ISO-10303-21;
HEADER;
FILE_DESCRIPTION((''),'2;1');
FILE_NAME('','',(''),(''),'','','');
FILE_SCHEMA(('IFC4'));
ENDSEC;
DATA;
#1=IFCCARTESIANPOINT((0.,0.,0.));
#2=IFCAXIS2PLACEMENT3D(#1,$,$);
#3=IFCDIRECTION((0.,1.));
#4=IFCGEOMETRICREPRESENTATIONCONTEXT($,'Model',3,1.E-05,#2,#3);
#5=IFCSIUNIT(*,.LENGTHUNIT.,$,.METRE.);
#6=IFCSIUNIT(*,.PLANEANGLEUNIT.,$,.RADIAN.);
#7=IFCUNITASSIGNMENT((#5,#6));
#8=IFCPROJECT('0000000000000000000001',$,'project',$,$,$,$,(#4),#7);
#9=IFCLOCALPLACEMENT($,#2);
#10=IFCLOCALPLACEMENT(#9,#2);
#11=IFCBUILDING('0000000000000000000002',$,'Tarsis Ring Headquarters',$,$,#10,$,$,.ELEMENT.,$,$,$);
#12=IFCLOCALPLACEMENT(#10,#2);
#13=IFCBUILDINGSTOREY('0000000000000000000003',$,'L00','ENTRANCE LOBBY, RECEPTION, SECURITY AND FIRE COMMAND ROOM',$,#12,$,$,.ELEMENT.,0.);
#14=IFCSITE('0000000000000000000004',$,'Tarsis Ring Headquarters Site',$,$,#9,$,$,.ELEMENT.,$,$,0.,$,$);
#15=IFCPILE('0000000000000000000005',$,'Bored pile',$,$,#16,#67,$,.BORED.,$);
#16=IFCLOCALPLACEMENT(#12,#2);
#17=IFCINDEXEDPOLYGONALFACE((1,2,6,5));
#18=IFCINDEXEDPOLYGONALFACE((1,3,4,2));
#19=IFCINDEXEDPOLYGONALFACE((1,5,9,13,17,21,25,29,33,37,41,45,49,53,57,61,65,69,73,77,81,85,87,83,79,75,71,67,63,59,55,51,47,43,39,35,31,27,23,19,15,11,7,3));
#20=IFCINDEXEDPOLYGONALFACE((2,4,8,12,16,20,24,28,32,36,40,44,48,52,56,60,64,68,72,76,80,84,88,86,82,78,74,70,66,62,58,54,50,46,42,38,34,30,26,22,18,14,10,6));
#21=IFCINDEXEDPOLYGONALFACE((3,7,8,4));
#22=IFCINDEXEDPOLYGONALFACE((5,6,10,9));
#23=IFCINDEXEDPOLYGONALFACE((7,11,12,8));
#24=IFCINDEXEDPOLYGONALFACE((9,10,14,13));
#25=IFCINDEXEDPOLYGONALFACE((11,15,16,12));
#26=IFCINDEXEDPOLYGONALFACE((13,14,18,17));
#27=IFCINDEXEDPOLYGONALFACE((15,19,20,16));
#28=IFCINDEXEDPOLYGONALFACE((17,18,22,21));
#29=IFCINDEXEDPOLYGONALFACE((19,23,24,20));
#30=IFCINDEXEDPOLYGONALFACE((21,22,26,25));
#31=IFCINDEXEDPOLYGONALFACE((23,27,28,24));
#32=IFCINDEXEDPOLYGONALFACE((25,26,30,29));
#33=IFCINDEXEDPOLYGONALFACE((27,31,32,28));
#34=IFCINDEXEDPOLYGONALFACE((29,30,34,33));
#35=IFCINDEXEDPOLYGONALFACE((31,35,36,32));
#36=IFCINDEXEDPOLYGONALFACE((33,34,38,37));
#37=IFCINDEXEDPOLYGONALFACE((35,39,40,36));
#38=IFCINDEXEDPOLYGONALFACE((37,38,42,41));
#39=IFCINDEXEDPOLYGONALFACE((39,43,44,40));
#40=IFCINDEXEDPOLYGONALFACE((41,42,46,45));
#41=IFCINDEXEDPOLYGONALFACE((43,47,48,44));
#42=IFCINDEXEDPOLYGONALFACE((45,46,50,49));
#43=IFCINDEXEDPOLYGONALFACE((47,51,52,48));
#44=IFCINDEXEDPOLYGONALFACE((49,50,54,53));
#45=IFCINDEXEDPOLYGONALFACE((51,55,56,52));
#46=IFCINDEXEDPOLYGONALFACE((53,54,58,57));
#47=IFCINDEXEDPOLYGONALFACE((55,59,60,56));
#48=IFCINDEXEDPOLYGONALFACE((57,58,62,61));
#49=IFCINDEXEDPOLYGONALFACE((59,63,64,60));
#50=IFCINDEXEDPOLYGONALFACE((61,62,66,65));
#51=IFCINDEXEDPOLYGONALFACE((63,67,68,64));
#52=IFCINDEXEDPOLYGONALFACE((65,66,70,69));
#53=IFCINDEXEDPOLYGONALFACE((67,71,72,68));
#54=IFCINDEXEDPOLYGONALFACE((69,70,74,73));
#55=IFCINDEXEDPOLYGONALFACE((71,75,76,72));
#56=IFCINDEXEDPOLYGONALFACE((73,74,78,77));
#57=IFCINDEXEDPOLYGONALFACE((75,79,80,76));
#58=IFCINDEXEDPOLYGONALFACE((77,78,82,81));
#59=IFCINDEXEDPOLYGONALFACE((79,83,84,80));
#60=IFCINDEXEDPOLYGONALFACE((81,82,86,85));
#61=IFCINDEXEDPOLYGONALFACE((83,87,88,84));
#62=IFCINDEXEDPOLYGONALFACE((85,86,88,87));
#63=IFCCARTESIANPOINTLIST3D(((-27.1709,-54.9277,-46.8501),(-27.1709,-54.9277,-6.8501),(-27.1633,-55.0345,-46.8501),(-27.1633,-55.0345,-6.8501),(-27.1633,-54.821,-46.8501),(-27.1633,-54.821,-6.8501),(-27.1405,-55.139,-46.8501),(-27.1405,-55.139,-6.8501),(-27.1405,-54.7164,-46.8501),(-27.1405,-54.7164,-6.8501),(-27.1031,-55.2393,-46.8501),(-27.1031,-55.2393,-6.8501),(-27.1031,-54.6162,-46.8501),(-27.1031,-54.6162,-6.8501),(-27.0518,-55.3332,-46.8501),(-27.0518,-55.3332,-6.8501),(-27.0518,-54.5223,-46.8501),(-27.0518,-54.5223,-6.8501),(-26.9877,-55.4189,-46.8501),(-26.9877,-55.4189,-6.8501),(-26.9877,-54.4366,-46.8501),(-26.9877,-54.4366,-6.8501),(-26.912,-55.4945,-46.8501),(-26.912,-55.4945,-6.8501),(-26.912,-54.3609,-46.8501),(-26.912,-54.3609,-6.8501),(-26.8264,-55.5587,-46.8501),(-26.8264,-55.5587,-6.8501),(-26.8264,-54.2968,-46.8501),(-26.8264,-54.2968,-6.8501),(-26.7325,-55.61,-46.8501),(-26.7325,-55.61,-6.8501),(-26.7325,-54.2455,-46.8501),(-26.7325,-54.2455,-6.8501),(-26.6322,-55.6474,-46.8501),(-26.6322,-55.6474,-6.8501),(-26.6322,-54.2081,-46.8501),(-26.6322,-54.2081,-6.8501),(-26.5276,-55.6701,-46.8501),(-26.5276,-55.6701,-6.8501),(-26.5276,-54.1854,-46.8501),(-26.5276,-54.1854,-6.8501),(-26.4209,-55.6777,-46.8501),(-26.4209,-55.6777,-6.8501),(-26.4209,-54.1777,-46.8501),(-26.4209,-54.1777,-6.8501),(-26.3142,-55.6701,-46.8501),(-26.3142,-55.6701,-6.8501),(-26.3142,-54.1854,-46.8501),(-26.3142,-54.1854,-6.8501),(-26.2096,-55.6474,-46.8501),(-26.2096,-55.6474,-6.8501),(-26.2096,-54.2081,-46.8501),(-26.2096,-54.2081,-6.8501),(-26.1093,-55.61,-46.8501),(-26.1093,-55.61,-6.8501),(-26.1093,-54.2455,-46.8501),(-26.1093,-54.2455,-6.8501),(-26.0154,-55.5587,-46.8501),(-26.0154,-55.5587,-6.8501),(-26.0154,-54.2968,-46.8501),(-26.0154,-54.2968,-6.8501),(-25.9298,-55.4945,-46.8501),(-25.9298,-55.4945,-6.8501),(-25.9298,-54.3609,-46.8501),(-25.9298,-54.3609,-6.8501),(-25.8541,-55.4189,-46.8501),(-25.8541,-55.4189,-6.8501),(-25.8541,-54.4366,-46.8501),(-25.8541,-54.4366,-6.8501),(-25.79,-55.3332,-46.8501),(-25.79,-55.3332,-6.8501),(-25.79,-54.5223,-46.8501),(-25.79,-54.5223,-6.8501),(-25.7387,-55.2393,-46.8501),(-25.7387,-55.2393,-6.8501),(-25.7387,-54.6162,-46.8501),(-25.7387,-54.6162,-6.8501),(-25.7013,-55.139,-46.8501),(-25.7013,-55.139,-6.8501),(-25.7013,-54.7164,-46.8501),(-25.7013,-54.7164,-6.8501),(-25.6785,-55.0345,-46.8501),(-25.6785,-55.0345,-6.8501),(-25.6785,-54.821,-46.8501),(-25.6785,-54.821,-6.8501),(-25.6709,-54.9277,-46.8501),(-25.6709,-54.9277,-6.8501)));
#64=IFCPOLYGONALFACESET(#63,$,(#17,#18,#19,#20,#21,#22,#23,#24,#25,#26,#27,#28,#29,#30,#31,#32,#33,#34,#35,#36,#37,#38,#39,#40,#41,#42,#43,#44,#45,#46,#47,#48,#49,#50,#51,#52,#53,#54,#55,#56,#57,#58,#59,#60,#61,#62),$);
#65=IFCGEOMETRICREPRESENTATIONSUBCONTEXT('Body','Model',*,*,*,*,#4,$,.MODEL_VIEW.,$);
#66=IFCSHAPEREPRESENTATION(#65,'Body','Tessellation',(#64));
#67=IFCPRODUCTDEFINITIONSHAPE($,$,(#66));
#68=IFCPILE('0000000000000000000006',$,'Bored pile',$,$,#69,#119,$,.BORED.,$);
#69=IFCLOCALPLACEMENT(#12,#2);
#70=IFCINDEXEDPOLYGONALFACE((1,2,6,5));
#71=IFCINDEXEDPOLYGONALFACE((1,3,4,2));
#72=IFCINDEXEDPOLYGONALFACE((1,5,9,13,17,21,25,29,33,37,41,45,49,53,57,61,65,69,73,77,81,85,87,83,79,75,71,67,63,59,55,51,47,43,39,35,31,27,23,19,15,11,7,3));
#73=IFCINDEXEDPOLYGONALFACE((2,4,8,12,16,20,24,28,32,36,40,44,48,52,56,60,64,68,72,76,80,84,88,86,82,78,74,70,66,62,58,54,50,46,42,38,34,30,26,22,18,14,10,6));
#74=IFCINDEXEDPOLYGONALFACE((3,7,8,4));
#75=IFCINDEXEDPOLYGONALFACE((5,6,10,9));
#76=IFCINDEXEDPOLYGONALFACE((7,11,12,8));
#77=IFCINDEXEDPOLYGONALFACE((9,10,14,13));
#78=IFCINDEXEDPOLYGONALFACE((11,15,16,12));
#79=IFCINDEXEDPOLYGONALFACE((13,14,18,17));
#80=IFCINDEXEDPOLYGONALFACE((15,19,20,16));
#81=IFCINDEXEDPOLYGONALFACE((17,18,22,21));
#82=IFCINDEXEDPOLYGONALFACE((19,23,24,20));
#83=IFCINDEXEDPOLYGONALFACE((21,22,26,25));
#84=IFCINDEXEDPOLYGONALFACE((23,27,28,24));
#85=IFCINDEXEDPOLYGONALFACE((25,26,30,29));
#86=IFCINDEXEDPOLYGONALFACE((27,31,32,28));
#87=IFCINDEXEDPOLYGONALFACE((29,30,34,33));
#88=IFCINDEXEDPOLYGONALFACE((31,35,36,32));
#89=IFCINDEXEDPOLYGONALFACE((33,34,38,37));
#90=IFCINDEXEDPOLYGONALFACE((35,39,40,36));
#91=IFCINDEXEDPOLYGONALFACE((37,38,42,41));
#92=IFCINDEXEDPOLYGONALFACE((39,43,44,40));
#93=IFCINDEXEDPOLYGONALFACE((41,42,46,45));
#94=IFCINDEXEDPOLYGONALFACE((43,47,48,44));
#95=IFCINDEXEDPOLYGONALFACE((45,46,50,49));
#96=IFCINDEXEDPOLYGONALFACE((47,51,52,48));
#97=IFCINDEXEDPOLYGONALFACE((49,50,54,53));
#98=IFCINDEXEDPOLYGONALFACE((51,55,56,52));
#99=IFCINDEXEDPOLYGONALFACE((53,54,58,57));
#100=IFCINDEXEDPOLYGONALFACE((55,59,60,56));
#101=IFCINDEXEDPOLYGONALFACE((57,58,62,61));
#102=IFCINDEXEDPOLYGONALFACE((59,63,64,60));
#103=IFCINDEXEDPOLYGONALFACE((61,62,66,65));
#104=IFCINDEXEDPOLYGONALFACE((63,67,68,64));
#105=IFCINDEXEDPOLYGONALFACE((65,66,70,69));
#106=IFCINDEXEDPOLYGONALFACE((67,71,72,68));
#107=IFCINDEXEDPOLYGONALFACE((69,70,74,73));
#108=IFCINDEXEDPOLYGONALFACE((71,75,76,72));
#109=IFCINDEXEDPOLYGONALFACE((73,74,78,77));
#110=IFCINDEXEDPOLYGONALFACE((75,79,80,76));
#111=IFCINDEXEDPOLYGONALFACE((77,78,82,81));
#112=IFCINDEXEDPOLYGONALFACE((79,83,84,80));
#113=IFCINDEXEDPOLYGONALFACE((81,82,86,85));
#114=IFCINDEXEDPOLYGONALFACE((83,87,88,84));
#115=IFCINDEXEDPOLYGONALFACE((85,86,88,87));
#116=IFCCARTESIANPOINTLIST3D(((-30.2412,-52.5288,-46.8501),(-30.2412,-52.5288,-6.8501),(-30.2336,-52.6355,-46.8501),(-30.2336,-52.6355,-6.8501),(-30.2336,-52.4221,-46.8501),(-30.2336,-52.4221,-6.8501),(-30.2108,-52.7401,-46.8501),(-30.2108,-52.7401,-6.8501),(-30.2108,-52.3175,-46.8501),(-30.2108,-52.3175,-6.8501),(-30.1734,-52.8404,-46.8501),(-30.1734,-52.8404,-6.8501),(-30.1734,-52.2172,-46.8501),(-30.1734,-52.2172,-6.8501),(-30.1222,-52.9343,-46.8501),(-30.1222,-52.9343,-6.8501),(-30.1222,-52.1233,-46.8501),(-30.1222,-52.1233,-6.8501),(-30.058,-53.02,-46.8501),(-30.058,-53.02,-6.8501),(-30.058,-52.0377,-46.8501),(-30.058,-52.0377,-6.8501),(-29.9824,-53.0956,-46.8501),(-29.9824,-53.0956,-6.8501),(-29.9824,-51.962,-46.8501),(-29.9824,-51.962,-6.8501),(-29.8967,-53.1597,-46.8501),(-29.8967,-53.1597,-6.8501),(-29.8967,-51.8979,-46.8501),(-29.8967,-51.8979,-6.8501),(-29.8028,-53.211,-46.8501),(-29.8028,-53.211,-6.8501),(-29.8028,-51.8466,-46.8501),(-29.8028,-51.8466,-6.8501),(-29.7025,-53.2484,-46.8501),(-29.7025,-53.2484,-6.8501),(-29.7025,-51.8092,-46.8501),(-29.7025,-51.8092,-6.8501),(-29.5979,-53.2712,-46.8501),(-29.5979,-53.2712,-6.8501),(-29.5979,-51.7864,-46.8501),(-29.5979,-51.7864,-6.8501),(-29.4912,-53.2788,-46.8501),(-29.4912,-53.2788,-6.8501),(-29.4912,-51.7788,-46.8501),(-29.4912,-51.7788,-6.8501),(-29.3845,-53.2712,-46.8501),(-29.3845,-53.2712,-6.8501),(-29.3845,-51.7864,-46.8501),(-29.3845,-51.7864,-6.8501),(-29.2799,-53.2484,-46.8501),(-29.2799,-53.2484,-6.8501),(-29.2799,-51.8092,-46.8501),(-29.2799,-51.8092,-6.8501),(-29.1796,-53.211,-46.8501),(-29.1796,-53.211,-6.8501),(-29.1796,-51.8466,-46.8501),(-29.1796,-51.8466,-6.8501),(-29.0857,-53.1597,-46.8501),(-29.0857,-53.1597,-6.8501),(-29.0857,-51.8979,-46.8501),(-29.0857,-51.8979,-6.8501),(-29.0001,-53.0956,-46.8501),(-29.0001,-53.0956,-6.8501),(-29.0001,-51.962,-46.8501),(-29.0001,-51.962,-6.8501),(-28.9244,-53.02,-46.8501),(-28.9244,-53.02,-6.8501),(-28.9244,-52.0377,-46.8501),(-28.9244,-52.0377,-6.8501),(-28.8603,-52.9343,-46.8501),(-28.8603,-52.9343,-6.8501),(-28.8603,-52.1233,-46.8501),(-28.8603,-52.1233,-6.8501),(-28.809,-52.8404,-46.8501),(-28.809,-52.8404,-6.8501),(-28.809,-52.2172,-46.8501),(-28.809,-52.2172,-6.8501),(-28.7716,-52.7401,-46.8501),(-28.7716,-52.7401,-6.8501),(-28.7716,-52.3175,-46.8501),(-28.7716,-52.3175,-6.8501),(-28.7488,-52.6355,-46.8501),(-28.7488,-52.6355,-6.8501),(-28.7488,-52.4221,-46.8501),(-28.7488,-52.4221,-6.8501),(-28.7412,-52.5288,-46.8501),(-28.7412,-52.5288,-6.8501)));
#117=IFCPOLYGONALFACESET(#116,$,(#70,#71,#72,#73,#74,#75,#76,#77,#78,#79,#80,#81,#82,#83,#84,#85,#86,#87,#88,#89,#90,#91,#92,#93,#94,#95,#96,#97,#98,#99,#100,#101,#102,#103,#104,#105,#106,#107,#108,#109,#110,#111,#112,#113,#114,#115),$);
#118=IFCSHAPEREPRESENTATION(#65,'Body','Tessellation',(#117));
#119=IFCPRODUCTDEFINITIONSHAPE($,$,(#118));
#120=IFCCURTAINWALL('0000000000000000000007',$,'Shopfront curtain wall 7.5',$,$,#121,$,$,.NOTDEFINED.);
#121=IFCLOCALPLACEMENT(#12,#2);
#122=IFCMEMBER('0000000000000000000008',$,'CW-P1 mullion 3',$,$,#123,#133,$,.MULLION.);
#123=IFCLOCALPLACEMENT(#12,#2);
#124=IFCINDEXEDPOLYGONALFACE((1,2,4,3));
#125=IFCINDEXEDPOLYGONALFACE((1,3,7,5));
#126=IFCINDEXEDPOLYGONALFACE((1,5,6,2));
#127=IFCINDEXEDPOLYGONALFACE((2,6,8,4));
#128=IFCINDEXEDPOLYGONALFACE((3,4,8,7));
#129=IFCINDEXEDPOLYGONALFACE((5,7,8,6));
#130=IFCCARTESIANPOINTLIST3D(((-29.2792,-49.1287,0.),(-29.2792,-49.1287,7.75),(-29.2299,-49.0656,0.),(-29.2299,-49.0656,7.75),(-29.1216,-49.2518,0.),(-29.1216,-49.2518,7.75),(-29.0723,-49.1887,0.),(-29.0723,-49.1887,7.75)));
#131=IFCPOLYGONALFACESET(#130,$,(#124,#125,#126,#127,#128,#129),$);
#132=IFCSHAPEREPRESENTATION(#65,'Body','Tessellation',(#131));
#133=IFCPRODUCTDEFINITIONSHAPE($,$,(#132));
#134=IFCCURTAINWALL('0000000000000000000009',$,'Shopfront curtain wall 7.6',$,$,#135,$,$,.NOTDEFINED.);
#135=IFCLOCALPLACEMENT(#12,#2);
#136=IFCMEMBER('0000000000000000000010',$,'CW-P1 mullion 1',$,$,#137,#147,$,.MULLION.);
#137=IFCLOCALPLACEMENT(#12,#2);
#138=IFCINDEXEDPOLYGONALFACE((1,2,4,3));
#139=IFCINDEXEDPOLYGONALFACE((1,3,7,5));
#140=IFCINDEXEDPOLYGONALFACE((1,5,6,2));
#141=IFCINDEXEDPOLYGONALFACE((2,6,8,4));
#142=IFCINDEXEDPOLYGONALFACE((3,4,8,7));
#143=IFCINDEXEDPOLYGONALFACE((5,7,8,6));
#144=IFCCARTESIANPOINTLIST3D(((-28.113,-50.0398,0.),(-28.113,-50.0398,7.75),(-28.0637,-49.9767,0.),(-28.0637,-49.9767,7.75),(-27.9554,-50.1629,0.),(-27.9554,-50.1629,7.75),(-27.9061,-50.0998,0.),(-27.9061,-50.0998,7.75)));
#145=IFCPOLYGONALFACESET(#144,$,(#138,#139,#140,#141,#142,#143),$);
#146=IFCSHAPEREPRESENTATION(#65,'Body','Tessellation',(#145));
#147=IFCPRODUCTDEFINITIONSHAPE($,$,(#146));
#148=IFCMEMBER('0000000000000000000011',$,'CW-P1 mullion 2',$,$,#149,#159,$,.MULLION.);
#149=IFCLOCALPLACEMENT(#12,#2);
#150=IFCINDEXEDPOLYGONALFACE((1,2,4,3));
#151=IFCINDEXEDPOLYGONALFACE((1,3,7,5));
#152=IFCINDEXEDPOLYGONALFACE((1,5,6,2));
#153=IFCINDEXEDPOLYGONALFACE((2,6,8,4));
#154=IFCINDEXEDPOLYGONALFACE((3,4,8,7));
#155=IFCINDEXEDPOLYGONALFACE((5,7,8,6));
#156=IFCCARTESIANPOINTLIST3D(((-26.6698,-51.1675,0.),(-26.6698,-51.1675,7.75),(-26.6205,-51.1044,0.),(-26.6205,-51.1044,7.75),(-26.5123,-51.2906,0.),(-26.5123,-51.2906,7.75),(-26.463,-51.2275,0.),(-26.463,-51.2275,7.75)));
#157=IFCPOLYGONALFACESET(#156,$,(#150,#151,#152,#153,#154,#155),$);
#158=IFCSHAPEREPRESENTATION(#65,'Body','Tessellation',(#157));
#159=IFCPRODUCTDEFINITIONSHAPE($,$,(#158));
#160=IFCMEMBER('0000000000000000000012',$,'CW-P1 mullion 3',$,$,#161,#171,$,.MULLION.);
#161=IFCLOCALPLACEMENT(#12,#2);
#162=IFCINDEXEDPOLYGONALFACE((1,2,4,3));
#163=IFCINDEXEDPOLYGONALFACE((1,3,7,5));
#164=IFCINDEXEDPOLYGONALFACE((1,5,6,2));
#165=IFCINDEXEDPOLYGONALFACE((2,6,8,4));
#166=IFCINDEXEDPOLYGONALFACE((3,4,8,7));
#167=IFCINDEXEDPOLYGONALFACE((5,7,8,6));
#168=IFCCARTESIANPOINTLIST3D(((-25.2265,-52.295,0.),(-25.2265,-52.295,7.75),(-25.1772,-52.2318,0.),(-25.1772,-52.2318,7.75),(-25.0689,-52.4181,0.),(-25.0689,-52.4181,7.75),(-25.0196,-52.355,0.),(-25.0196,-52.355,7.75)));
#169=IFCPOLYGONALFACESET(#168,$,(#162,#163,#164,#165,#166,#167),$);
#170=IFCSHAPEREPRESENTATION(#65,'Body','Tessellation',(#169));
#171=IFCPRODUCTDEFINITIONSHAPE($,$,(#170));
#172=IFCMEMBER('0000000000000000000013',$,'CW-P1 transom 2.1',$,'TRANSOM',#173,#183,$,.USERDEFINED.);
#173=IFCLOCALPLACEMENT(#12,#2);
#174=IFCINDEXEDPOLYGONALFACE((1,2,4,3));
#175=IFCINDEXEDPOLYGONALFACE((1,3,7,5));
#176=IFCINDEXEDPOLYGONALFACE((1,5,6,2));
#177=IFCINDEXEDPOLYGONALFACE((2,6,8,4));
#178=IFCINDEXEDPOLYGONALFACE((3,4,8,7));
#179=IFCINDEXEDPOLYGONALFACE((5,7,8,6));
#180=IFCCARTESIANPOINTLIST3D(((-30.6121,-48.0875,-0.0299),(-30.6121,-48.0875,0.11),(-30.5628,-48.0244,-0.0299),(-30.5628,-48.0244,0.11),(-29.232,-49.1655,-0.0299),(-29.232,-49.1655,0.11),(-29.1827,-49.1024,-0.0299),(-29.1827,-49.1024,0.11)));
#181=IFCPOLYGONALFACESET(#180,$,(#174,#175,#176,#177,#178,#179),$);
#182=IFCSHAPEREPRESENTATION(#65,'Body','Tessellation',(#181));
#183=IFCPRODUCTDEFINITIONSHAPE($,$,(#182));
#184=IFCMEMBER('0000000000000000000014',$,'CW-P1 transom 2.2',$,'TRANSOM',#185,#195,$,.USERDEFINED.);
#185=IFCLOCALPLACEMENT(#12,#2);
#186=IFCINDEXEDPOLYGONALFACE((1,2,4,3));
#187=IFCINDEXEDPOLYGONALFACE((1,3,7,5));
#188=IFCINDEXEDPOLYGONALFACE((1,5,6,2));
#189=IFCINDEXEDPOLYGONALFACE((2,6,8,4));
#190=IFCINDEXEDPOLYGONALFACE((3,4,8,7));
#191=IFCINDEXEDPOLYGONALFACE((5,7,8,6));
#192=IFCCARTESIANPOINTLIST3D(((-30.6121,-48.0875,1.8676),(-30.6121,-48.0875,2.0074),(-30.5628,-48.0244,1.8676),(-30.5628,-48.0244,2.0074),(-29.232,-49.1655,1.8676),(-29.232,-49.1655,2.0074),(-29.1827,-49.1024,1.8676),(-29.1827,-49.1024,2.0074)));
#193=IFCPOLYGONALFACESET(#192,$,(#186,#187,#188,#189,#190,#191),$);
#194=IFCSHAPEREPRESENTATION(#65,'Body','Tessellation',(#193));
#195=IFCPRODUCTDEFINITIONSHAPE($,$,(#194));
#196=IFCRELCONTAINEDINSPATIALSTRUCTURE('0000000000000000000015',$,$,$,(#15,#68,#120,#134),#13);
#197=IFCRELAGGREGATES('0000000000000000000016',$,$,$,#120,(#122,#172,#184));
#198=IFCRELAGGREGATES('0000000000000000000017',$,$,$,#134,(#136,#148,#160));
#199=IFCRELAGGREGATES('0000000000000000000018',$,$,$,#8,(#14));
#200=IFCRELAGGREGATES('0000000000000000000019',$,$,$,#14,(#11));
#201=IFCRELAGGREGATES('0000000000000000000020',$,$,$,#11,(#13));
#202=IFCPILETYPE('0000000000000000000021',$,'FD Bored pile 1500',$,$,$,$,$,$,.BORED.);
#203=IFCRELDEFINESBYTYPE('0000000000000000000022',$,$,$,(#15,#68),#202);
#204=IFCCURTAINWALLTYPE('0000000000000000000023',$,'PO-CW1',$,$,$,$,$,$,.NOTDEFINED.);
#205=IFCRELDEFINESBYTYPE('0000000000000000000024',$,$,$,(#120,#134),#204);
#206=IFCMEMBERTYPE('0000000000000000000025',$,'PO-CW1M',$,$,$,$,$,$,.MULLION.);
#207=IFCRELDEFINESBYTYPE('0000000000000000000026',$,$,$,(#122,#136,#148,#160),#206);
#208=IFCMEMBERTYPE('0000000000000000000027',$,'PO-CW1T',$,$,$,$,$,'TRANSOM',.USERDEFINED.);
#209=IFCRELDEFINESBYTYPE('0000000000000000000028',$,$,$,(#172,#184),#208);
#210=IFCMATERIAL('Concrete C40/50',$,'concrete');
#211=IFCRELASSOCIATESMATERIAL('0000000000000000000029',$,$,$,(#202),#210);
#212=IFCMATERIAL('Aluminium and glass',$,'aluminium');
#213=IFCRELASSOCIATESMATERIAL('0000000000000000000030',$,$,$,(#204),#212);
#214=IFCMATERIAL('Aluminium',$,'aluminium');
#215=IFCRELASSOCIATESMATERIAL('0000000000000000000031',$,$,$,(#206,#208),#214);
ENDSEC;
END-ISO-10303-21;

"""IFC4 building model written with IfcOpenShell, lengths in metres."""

from ifc_helpers import new_model, si_unit, direction, frame, origin, origin_2d, place, context, subcontext, project, spatial, rectangle, circle, extrude, material, material_profile, profile_set, type_object, element, aggregate, save


model = new_model("IFC4")

# Units and contexts
model_context = context("Model", 3, precision=1e-05, world=origin(), true_north=direction((0.0, 1.0)))
body_context = subcontext(model_context, "Body", "Model", "MODEL_VIEW")
ifc_project = project(units=[si_unit("LENGTHUNIT", "METRE"), si_unit("PLANEANGLEUNIT", "RADIAN")], contexts=[model_context])

# Site, building, storey
site_placement = place(None, origin())
site = spatial("IfcSite", under=ifc_project, at=site_placement, Name="Tarsis Ring Headquarters Site", CompositionType="ELEMENT", RefElevation=0.0)
building_placement = place(site_placement, origin())
building = spatial("IfcBuilding", under=site, at=building_placement, Name="Tarsis Ring Headquarters", CompositionType="ELEMENT")
storey_placement = place(building_placement, origin())
storey = spatial("IfcBuildingStorey", under=building, at=storey_placement, Name="L00", Description="ENTRANCE LOBBY, RECEPTION, SECURITY AND FIRE COMMAND ROOM", CompositionType="ELEMENT", Elevation=0.0)

# Piles
ifc_material_1 = material(Name="Concrete C40/50", Category="concrete")
ifc_material_profile_1 = material_profile(ifc_material_1, circle(Radius=0.75, at=origin_2d()), Name="BORED 1500")
ifc_profile_set_1 = profile_set([ifc_material_profile_1], Name="Concrete C40/50")
pile_type = type_object("IfcPileType", Name="FD Bored pile 1500", PredefinedType="BORED", material=ifc_profile_set_1)
for number, where, z_axis, x_axis, name in (
    (1, (-26.4209, -54.9277, -6.8501), (0.0, 0.0, -1.0), (1.0, 0.0, 0.0), "Bored pile"),
    (2, (-29.4912, -52.5288, -6.8501), (0.0, 0.0, -1.0), (1.0, 0.0, 0.0), "Bored pile"),
):
    element("IfcPile", number, at=place(storey_placement, frame(where, z_axis=z_axis, x_axis=x_axis)), inside=storey, type_object=pile_type, Name=name, PredefinedType="BORED", context=body_context, shape_type="SweptSolid", body=[
        extrude(circle(Radius=0.75, at=origin_2d()), origin(), (0.0, 0.0, 1.0), 40.0),
    ])

# Curtain wall, member
ifc_material_2 = material(Name="Aluminium and glass", Category="aluminium")
curtain_wall_type = type_object("IfcCurtainWallType", Name="PO-CW1", PredefinedType="NOTDEFINED", material=ifc_material_2)
curtain_wall_1_placement = place(storey_placement, origin())
curtain_wall_1 = element("IfcCurtainWall", 3, at=curtain_wall_1_placement, inside=storey, type_object=curtain_wall_type, Name="Shopfront curtain wall 7.5", PredefinedType="NOTDEFINED")
ifc_material_3 = material(Name="Aluminium", Category="aluminium")
ifc_material_profile_2 = material_profile(ifc_material_3, rectangle(XDim=0.0801, YDim=0.2, at=origin_2d()), Name="PO-CW1M")
ifc_profile_set_2 = profile_set([ifc_material_profile_2], Name="Aluminium")
member_type_1 = type_object("IfcMemberType", Name="PO-CW1M", PredefinedType="MULLION", material=ifc_profile_set_2)
member_1_placement = place(storey_placement, frame((-29.1758, -49.1587, 0.0), z_axis=(0.0, 0.0, 1.0), x_axis=(0.615661, 0.788011, 0.0)))
member_1 = element("IfcMember", 4, at=member_1_placement, type_object=member_type_1, Name="CW-P1 mullion 3", PredefinedType="MULLION", context=body_context, shape_type="SweptSolid", body=[
    extrude(rectangle(XDim=0.0801, YDim=0.2, at=origin_2d()), origin(), (0.0, 0.0, 1.0), 7.75),
])

# Curtain wall, members
curtain_wall_2_placement = place(storey_placement, origin())
curtain_wall_2 = element("IfcCurtainWall", 5, at=curtain_wall_2_placement, inside=storey, type_object=curtain_wall_type, Name="Shopfront curtain wall 7.6", PredefinedType="NOTDEFINED")
member_2_placement = place(storey_placement, frame((-28.0095, -50.0698, 0.0), z_axis=(0.0, 0.0, 1.0), x_axis=(0.615661, 0.788011, 0.0)))
member_2 = element("IfcMember", 6, at=member_2_placement, type_object=member_type_1, Name="CW-P1 mullion 1", PredefinedType="MULLION", context=body_context, shape_type="SweptSolid", body=[
    extrude(rectangle(XDim=0.0801, YDim=0.2, at=origin_2d()), origin(), (0.0, 0.0, 1.0), 7.75),
])
member_3_placement = place(storey_placement, frame((-26.5664, -51.1975, 0.0), z_axis=(0.0, 0.0, 1.0), x_axis=(0.615661, 0.788011, 0.0)))
member_3 = element("IfcMember", 7, at=member_3_placement, type_object=member_type_1, Name="CW-P1 mullion 2", PredefinedType="MULLION", context=body_context, shape_type="SweptSolid", body=[
    extrude(rectangle(XDim=0.0801, YDim=0.2, at=origin_2d()), origin(), (0.0, 0.0, 1.0), 7.75),
])
member_4_placement = place(storey_placement, frame((-25.123, -52.325, 0.0), z_axis=(0.0, 0.0, 1.0), x_axis=(0.615661, 0.788011, 0.0)))
member_4 = element("IfcMember", 8, at=member_4_placement, type_object=member_type_1, Name="CW-P1 mullion 3", PredefinedType="MULLION", context=body_context, shape_type="SweptSolid", body=[
    extrude(rectangle(XDim=0.0801, YDim=0.2, at=origin_2d()), origin(), (0.0, 0.0, 1.0), 7.75),
])

# Members
ifc_material_profile_3 = material_profile(ifc_material_3, rectangle(XDim=0.0801, YDim=0.1399, at=origin_2d()), Name="PO-CW1T")
ifc_profile_set_3 = profile_set([ifc_material_profile_3], Name="Aluminium")
member_type_2 = type_object("IfcMemberType", Name="PO-CW1T", ElementType="TRANSOM", PredefinedType="USERDEFINED", material=ifc_profile_set_3)
member_5_placement = place(storey_placement, frame((-30.5874, -48.0559, 0.04), z_axis=(0.788052, -0.615609, 0.0), x_axis=(0.615609, 0.788052, 0.0)))
member_5 = element("IfcMember", 9, at=member_5_placement, type_object=member_type_2, Name="CW-P1 transom 2.1", ObjectType="TRANSOM", PredefinedType="USERDEFINED", context=body_context, shape_type="SweptSolid", body=[
    extrude(rectangle(XDim=0.0801, YDim=0.1399, at=origin_2d()), origin(), (0.0, 0.0, 1.0), 1.7512),
])
member_6_placement = place(storey_placement, frame((-30.5874, -48.0559, 1.9375), z_axis=(0.788052, -0.615609, 0.0), x_axis=(0.615609, 0.788052, 0.0)))
member_6 = element("IfcMember", 10, at=member_6_placement, type_object=member_type_2, Name="CW-P1 transom 2.2", ObjectType="TRANSOM", PredefinedType="USERDEFINED", context=body_context, shape_type="SweptSolid", body=[
    extrude(rectangle(XDim=0.0801, YDim=0.1399, at=origin_2d()), origin(), (0.0, 0.0, 1.0), 1.7512),
])

aggregate(curtain_wall_1, [member_1, member_5, member_6])
aggregate(curtain_wall_2, [member_2, member_3, member_4])

save(model, "model.ifc")
